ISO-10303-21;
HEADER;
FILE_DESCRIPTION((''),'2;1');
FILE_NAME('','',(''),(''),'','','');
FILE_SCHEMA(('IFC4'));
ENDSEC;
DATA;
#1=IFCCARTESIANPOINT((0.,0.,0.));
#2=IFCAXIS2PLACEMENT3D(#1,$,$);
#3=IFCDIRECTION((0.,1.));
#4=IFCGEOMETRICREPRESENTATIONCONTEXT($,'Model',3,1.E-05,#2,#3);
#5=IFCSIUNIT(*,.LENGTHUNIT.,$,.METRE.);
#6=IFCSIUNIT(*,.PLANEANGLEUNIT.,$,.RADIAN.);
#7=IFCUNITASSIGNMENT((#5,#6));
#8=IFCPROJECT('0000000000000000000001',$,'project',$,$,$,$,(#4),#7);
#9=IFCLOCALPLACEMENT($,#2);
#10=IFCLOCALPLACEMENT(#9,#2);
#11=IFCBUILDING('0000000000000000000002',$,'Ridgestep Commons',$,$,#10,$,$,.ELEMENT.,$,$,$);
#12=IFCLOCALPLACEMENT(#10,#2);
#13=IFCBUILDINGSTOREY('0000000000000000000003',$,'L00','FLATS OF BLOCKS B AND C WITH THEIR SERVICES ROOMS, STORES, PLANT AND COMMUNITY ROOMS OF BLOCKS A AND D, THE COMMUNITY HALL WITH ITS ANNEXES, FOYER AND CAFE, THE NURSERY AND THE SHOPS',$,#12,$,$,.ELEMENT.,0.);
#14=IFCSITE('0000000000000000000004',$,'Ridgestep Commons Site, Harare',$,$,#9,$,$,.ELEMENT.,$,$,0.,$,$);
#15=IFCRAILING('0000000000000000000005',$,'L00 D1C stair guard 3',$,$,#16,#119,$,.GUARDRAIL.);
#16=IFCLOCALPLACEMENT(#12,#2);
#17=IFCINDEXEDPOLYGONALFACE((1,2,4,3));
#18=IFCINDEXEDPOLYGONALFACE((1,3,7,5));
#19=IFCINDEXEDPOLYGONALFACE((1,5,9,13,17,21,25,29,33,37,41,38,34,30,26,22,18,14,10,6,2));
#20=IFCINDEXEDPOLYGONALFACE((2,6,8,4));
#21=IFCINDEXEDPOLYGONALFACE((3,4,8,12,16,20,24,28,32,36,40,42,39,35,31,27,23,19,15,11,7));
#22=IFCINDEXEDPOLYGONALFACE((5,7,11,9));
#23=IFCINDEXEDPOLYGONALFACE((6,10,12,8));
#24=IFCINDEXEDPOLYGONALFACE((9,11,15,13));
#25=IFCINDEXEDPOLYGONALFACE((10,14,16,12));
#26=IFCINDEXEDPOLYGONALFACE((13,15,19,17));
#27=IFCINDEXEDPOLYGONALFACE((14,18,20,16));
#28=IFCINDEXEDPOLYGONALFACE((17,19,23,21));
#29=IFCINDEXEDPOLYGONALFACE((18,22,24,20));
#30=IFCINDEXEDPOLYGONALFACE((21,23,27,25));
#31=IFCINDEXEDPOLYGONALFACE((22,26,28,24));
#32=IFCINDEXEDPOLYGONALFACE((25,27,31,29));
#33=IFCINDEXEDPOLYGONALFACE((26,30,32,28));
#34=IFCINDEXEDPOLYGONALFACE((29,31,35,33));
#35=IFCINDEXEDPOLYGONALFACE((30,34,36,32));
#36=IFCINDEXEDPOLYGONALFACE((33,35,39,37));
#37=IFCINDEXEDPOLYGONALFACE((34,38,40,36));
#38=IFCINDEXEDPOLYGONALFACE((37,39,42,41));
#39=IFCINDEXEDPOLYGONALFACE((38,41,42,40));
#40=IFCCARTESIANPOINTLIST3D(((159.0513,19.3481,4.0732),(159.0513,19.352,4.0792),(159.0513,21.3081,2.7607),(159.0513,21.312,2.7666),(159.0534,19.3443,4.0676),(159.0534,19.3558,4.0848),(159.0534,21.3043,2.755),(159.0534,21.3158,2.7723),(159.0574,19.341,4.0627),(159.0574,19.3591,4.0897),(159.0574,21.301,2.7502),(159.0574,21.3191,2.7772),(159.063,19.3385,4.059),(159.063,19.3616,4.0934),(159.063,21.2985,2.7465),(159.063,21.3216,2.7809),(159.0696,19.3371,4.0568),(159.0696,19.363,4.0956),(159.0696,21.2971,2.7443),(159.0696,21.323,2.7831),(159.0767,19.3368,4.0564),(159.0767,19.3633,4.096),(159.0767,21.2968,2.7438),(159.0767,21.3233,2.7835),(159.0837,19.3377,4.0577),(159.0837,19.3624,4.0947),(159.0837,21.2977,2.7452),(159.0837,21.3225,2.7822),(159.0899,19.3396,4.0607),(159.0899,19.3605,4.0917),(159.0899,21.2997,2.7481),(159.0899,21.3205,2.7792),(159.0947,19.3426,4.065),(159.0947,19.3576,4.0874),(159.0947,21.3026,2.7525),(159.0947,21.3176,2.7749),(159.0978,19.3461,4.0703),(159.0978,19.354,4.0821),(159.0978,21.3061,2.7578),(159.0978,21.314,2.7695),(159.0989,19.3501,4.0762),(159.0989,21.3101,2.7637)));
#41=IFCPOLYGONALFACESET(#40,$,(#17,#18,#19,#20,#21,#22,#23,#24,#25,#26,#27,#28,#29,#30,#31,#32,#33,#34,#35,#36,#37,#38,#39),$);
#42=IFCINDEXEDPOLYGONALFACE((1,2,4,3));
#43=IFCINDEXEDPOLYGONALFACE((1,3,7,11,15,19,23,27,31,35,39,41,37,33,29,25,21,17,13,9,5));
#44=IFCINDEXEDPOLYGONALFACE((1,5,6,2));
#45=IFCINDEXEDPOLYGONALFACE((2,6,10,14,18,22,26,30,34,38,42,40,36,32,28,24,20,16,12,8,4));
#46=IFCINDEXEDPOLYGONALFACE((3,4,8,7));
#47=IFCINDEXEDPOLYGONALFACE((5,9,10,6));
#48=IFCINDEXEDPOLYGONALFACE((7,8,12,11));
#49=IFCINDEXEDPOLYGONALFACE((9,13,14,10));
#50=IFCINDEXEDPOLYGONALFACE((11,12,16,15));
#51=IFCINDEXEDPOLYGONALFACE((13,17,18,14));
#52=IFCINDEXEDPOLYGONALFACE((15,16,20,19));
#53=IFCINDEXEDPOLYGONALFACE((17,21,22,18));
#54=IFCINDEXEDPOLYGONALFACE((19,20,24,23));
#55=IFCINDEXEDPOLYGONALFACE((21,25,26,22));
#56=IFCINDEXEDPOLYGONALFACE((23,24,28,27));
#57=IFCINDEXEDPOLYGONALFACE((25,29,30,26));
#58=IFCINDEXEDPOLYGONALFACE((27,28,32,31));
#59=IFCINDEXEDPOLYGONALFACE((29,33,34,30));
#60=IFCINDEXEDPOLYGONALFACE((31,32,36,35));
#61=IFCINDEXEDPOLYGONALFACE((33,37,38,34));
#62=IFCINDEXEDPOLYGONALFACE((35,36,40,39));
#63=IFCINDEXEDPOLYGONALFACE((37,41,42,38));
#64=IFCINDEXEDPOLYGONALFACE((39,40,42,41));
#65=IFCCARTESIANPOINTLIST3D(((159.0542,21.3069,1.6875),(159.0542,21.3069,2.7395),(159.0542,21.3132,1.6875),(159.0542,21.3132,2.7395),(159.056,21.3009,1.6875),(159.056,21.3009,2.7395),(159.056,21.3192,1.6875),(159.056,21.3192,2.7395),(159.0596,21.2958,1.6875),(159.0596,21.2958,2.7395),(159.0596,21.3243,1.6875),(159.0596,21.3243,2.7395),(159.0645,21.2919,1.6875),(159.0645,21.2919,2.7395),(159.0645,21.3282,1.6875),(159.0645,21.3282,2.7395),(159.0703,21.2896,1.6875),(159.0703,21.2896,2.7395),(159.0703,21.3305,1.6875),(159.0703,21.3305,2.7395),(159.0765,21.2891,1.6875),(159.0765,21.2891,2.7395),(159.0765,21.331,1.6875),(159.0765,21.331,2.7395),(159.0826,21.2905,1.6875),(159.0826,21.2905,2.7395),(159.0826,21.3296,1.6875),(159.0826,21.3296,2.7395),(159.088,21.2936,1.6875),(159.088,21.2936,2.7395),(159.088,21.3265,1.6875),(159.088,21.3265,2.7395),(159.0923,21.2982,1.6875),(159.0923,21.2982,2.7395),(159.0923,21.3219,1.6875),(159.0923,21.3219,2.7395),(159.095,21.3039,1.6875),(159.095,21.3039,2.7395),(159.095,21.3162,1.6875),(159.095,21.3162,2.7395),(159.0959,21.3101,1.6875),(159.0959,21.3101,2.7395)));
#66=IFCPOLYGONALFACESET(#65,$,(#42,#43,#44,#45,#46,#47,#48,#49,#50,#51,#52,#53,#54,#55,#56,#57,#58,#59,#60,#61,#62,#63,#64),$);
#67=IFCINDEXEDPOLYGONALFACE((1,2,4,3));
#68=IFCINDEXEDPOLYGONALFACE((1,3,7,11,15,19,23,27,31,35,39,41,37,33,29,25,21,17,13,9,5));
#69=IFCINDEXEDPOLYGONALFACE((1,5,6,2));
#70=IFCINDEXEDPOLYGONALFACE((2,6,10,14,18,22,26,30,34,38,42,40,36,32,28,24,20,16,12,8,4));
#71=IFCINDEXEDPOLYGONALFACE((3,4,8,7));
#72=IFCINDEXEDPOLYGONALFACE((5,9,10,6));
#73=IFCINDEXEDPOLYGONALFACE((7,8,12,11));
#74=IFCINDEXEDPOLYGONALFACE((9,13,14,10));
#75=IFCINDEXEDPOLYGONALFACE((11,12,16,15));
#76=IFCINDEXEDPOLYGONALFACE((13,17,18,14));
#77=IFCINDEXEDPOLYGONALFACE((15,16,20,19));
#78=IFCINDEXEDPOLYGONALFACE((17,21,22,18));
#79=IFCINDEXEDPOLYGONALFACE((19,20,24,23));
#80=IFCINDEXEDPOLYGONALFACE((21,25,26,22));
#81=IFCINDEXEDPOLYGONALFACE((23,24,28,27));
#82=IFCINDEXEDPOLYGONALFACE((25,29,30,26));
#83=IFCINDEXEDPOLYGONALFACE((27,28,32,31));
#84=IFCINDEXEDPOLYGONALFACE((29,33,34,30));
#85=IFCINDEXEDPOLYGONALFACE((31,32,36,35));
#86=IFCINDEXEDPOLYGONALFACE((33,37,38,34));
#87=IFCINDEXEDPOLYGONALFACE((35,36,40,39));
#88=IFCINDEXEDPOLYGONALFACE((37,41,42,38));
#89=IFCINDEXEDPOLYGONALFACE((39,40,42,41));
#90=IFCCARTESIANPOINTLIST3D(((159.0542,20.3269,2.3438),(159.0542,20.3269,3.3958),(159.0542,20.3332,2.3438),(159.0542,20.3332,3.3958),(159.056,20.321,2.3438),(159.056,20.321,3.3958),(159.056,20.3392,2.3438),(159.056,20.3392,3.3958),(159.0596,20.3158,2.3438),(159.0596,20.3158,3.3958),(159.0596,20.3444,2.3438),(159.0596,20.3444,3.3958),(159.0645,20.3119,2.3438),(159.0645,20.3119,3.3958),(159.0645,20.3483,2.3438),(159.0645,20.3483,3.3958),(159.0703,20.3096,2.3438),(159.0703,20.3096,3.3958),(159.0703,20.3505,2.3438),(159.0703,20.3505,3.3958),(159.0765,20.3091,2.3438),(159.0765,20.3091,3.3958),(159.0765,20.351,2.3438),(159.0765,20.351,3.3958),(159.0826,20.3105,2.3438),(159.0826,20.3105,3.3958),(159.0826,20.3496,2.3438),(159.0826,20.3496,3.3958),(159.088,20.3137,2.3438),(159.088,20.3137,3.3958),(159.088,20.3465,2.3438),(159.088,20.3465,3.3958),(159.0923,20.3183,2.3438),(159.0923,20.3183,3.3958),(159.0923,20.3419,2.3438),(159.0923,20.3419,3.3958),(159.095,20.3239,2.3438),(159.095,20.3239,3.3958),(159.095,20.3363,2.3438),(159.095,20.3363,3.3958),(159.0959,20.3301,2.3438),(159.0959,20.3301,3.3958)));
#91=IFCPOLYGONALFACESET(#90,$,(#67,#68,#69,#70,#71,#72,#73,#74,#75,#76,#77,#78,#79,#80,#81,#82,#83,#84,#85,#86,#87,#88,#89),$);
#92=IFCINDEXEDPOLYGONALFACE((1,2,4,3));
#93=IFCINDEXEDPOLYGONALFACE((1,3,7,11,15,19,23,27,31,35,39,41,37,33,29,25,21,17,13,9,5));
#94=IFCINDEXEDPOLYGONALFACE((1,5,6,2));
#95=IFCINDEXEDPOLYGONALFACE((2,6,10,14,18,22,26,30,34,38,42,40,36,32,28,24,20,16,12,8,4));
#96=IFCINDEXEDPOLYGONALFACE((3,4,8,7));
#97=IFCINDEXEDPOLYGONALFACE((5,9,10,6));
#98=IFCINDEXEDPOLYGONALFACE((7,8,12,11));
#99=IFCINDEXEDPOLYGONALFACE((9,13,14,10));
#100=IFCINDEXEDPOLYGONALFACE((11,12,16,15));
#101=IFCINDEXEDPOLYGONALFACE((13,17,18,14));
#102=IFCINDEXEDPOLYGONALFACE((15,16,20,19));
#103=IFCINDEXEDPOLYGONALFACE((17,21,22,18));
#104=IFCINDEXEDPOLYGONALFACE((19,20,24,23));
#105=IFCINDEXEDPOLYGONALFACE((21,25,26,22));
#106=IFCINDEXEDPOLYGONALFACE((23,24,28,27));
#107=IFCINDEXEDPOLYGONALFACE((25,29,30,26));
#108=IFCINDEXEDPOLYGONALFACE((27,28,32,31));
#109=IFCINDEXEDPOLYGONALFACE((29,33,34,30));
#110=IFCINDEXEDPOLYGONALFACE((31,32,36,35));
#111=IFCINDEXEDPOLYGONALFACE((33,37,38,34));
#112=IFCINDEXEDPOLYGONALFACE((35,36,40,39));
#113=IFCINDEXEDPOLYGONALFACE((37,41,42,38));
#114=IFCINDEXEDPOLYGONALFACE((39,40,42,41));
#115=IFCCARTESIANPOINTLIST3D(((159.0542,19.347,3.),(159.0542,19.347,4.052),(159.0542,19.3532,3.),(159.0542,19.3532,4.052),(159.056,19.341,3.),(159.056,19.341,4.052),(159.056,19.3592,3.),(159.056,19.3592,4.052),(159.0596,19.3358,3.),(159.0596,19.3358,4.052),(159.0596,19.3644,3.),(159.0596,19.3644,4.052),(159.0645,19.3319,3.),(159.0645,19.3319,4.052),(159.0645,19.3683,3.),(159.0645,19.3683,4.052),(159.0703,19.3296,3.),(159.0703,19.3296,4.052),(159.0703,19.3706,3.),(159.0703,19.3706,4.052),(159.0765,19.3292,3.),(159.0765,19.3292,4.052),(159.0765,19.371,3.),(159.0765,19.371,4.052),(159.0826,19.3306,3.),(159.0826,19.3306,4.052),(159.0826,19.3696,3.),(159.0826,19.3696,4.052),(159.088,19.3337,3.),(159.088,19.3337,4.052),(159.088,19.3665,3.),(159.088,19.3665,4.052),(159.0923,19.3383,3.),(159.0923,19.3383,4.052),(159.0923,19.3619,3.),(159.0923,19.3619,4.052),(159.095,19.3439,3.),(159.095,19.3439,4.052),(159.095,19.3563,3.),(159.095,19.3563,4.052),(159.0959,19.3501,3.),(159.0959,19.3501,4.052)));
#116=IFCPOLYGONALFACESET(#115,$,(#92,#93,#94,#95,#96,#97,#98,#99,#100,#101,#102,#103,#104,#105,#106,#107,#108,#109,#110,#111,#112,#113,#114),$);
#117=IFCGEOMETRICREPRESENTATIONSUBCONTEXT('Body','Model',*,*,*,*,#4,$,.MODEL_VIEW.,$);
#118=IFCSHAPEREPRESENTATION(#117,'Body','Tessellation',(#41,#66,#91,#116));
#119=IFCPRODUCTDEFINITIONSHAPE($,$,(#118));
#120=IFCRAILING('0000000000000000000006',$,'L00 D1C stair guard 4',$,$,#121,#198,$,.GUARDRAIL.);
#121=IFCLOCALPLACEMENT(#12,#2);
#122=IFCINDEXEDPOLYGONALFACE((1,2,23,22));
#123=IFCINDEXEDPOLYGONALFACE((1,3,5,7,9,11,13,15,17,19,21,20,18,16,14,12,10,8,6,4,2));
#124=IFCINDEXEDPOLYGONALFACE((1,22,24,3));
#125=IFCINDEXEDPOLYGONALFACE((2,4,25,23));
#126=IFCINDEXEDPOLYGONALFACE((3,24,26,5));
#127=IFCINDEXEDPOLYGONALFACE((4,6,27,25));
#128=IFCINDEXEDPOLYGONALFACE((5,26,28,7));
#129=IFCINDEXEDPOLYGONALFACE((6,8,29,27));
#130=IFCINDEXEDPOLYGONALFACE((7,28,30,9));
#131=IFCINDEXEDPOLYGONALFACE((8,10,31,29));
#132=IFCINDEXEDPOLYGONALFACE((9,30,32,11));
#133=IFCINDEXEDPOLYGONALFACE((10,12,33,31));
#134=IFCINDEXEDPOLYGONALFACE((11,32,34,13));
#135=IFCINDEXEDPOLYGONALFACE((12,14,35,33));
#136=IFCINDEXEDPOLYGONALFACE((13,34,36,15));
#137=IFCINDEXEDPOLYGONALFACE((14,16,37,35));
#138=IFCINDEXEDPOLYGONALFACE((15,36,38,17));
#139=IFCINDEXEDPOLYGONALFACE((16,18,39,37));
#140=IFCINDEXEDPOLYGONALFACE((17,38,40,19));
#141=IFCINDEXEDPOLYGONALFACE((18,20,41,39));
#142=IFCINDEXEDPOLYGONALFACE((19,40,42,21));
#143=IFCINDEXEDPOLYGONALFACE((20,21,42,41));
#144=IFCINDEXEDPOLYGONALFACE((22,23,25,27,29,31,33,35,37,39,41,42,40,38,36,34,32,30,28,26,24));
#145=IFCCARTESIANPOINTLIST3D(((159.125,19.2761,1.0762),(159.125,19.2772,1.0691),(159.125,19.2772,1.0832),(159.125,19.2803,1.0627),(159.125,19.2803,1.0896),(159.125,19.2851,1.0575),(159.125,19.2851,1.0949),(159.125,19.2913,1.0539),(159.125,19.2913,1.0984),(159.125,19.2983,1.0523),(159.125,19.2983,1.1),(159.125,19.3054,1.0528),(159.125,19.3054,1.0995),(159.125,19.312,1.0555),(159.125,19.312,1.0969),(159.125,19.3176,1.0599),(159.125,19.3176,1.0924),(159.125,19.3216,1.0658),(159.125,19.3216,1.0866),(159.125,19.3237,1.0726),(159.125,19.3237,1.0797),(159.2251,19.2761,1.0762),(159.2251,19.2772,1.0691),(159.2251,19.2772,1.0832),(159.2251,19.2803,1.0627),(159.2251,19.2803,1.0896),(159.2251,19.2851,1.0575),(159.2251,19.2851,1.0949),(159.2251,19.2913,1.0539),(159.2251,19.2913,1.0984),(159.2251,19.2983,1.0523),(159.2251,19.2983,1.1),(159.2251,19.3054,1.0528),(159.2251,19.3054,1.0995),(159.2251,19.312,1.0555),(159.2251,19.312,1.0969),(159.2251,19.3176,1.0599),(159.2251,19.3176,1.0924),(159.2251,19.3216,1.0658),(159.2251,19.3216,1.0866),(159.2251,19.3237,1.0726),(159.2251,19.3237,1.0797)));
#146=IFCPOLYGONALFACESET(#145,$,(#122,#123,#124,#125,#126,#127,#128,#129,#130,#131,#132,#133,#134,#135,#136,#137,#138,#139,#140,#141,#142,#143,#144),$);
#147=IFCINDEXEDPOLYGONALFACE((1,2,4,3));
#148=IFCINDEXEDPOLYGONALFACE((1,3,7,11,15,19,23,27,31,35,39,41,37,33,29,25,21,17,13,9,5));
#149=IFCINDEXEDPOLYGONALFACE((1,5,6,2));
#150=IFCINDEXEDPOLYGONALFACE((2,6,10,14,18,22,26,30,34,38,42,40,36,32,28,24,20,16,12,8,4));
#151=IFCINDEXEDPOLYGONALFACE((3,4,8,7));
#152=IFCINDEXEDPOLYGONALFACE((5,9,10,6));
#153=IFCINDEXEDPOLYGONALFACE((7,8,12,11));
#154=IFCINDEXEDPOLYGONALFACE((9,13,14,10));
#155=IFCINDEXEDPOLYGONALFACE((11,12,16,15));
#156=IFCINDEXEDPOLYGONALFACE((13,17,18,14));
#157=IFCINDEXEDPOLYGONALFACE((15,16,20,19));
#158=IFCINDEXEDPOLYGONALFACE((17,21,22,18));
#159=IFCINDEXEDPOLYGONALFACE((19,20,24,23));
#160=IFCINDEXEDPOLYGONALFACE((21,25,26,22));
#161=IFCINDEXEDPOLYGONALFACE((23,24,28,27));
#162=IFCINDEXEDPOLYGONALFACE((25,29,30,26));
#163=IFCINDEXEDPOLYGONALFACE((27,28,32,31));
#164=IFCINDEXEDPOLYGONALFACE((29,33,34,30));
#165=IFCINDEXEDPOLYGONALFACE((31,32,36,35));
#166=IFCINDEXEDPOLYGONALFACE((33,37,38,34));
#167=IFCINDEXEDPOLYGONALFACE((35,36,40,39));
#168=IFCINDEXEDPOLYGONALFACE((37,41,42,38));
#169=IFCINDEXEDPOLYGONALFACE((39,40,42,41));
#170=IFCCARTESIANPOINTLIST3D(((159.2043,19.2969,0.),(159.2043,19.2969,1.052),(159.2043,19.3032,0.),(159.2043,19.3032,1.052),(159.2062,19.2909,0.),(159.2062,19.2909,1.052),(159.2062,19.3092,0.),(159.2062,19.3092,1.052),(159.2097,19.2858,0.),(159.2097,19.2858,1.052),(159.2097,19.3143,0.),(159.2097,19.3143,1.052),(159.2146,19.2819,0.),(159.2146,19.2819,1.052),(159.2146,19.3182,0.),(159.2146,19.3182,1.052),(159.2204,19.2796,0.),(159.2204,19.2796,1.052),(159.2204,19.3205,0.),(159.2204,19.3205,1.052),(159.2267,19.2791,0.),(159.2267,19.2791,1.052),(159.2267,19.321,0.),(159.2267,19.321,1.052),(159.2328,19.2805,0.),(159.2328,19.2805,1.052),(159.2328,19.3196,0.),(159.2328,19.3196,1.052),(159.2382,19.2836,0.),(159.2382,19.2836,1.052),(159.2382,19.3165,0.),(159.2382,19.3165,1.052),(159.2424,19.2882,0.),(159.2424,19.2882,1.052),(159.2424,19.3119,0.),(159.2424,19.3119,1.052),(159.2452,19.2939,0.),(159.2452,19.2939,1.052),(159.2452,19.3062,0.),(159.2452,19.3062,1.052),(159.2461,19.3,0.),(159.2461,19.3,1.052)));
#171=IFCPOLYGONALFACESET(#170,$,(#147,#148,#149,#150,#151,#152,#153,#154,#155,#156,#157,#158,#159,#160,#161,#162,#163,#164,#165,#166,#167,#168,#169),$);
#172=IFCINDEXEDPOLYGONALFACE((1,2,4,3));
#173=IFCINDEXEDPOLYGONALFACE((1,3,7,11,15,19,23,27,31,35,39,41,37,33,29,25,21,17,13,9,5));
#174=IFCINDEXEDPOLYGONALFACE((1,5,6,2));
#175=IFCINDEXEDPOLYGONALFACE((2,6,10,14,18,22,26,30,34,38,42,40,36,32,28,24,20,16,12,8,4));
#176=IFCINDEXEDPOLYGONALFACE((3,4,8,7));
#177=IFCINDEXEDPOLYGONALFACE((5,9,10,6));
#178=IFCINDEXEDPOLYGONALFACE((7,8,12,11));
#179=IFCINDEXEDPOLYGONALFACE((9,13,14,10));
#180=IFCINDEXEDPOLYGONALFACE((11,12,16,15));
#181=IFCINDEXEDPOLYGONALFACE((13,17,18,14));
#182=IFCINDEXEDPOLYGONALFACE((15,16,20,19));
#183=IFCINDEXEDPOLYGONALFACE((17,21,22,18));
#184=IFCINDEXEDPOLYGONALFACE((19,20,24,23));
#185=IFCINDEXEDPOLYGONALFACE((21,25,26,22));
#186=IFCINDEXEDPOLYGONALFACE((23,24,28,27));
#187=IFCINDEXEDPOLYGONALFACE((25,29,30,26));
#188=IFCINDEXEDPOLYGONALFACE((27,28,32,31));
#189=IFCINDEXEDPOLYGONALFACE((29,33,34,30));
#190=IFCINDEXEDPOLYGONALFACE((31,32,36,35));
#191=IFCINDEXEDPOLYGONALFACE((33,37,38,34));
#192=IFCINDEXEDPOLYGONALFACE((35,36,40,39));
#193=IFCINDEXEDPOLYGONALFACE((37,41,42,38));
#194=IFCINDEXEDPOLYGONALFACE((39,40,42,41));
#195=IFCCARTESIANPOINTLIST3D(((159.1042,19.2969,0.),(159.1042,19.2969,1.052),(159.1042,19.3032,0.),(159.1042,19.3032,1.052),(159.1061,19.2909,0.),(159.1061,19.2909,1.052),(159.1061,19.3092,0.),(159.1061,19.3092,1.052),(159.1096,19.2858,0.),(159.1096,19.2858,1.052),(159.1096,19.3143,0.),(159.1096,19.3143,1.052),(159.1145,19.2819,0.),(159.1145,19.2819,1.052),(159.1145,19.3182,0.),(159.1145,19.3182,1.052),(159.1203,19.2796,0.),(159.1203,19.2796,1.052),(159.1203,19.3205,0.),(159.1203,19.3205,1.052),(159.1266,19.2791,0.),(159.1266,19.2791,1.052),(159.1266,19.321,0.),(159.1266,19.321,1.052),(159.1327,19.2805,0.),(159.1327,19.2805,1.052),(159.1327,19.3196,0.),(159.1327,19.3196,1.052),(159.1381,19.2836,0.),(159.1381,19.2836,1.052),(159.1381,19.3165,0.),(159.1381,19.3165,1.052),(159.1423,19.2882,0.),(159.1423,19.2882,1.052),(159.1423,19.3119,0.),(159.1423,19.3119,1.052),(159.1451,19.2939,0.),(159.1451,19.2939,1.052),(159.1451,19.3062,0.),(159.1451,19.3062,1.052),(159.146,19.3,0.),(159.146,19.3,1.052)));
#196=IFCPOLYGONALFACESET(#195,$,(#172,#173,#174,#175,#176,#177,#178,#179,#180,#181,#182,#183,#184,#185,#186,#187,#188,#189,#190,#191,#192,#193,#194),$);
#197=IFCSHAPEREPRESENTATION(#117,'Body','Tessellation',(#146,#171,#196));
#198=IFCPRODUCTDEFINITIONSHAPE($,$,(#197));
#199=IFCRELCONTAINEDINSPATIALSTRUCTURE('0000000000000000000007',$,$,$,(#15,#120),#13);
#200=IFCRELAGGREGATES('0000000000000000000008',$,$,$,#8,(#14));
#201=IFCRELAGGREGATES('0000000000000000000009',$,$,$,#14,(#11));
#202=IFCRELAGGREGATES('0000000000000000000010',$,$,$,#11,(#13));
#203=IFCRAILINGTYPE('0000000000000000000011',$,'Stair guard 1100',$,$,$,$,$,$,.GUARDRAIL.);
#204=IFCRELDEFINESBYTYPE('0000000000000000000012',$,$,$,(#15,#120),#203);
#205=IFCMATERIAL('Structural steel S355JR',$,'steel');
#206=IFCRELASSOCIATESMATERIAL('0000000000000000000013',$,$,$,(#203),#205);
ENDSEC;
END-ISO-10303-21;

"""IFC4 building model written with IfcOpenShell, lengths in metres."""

from ifc_helpers import new_model, si_unit, direction, frame, origin, origin_2d, place, context, subcontext, project, spatial, circle, extrude, material, type_object, element, save


model = new_model("IFC4")

# Units and contexts
model_context = context("Model", 3, precision=1e-05, world=origin(), true_north=direction((0.0, 1.0)))
body_context = subcontext(model_context, "Body", "Model", "MODEL_VIEW")
ifc_project = project(units=[si_unit("LENGTHUNIT", "METRE"), si_unit("PLANEANGLEUNIT", "RADIAN")], contexts=[model_context])

# Site, building, storey
site_placement = place(None, origin())
site = spatial("IfcSite", under=ifc_project, at=site_placement, Name="Ridgestep Commons Site, Harare", CompositionType="ELEMENT", RefElevation=0.0)
building_placement = place(site_placement, origin())
building = spatial("IfcBuilding", under=site, at=building_placement, Name="Ridgestep Commons", CompositionType="ELEMENT")
storey_placement = place(building_placement, origin())
storey = spatial("IfcBuildingStorey", under=building, at=storey_placement, Name="L00", Description="FLATS OF BLOCKS B AND C WITH THEIR SERVICES ROOMS, STORES, PLANT AND COMMUNITY ROOMS OF BLOCKS A AND D, THE COMMUNITY HALL WITH ITS ANNEXES, FOYER AND CAFE, THE NURSERY AND THE SHOPS", CompositionType="ELEMENT", Elevation=0.0)

# Railings
ifc_material_1 = material(Name="Structural steel S355JR", Category="steel")
railing_type_1 = type_object("IfcRailingType", Name="Stair guard 1100", PredefinedType="GUARDRAIL", material=ifc_material_1)
railing_1_placement = place(storey_placement, frame((159.075, 21.3101, 1.6875)))
element("IfcRailing", 1, at=railing_1_placement, inside=storey, type_object=railing_type_1, Name="L00 D1C stair guard 3", PredefinedType="GUARDRAIL", context=body_context, shape_type="SweptSolid", body=[
    extrude(circle(Radius=0.0239, at=origin_2d()), frame((0.0, 0.0, 1.0762), z_axis=(0.0, -0.830902, 0.556419), x_axis=(1.0, 0.0, 0.0)), (0.0, 0.0, 1.0), 2.3589),
    extrude(circle(Radius=0.021, at=origin_2d()), origin(), (0.0, 0.0, 1.0), 1.052),
    extrude(circle(Radius=0.021, at=origin_2d()), frame((0.0, -0.98, 0.6562)), (0.0, 0.0, 1.0), 1.052),
    extrude(circle(Radius=0.021, at=origin_2d()), frame((0.0, -1.96, 1.3125)), (0.0, 0.0, 1.0), 1.052),
])
railing_2_placement = place(storey_placement, frame((159.2251, 19.3, 0.0)))
element("IfcRailing", 2, at=railing_2_placement, inside=storey, type_object=railing_type_1, Name="L00 D1C stair guard 4", PredefinedType="GUARDRAIL", context=body_context, shape_type="SweptSolid", body=[
    extrude(circle(Radius=0.0239, at=origin_2d()), frame((0.0, 0.0, 1.0762), z_axis=(-1.0, 0.0, 0.0), x_axis=(0.0, -1.0, 0.0)), (0.0, 0.0, 1.0), 0.1001),
    extrude(circle(Radius=0.021, at=origin_2d()), origin(), (0.0, 0.0, 1.0), 1.052),
    extrude(circle(Radius=0.021, at=origin_2d()), frame((-0.1001, 0.0, 0.0)), (0.0, 0.0, 1.0), 1.052),
])

save(model, "model.ifc")
